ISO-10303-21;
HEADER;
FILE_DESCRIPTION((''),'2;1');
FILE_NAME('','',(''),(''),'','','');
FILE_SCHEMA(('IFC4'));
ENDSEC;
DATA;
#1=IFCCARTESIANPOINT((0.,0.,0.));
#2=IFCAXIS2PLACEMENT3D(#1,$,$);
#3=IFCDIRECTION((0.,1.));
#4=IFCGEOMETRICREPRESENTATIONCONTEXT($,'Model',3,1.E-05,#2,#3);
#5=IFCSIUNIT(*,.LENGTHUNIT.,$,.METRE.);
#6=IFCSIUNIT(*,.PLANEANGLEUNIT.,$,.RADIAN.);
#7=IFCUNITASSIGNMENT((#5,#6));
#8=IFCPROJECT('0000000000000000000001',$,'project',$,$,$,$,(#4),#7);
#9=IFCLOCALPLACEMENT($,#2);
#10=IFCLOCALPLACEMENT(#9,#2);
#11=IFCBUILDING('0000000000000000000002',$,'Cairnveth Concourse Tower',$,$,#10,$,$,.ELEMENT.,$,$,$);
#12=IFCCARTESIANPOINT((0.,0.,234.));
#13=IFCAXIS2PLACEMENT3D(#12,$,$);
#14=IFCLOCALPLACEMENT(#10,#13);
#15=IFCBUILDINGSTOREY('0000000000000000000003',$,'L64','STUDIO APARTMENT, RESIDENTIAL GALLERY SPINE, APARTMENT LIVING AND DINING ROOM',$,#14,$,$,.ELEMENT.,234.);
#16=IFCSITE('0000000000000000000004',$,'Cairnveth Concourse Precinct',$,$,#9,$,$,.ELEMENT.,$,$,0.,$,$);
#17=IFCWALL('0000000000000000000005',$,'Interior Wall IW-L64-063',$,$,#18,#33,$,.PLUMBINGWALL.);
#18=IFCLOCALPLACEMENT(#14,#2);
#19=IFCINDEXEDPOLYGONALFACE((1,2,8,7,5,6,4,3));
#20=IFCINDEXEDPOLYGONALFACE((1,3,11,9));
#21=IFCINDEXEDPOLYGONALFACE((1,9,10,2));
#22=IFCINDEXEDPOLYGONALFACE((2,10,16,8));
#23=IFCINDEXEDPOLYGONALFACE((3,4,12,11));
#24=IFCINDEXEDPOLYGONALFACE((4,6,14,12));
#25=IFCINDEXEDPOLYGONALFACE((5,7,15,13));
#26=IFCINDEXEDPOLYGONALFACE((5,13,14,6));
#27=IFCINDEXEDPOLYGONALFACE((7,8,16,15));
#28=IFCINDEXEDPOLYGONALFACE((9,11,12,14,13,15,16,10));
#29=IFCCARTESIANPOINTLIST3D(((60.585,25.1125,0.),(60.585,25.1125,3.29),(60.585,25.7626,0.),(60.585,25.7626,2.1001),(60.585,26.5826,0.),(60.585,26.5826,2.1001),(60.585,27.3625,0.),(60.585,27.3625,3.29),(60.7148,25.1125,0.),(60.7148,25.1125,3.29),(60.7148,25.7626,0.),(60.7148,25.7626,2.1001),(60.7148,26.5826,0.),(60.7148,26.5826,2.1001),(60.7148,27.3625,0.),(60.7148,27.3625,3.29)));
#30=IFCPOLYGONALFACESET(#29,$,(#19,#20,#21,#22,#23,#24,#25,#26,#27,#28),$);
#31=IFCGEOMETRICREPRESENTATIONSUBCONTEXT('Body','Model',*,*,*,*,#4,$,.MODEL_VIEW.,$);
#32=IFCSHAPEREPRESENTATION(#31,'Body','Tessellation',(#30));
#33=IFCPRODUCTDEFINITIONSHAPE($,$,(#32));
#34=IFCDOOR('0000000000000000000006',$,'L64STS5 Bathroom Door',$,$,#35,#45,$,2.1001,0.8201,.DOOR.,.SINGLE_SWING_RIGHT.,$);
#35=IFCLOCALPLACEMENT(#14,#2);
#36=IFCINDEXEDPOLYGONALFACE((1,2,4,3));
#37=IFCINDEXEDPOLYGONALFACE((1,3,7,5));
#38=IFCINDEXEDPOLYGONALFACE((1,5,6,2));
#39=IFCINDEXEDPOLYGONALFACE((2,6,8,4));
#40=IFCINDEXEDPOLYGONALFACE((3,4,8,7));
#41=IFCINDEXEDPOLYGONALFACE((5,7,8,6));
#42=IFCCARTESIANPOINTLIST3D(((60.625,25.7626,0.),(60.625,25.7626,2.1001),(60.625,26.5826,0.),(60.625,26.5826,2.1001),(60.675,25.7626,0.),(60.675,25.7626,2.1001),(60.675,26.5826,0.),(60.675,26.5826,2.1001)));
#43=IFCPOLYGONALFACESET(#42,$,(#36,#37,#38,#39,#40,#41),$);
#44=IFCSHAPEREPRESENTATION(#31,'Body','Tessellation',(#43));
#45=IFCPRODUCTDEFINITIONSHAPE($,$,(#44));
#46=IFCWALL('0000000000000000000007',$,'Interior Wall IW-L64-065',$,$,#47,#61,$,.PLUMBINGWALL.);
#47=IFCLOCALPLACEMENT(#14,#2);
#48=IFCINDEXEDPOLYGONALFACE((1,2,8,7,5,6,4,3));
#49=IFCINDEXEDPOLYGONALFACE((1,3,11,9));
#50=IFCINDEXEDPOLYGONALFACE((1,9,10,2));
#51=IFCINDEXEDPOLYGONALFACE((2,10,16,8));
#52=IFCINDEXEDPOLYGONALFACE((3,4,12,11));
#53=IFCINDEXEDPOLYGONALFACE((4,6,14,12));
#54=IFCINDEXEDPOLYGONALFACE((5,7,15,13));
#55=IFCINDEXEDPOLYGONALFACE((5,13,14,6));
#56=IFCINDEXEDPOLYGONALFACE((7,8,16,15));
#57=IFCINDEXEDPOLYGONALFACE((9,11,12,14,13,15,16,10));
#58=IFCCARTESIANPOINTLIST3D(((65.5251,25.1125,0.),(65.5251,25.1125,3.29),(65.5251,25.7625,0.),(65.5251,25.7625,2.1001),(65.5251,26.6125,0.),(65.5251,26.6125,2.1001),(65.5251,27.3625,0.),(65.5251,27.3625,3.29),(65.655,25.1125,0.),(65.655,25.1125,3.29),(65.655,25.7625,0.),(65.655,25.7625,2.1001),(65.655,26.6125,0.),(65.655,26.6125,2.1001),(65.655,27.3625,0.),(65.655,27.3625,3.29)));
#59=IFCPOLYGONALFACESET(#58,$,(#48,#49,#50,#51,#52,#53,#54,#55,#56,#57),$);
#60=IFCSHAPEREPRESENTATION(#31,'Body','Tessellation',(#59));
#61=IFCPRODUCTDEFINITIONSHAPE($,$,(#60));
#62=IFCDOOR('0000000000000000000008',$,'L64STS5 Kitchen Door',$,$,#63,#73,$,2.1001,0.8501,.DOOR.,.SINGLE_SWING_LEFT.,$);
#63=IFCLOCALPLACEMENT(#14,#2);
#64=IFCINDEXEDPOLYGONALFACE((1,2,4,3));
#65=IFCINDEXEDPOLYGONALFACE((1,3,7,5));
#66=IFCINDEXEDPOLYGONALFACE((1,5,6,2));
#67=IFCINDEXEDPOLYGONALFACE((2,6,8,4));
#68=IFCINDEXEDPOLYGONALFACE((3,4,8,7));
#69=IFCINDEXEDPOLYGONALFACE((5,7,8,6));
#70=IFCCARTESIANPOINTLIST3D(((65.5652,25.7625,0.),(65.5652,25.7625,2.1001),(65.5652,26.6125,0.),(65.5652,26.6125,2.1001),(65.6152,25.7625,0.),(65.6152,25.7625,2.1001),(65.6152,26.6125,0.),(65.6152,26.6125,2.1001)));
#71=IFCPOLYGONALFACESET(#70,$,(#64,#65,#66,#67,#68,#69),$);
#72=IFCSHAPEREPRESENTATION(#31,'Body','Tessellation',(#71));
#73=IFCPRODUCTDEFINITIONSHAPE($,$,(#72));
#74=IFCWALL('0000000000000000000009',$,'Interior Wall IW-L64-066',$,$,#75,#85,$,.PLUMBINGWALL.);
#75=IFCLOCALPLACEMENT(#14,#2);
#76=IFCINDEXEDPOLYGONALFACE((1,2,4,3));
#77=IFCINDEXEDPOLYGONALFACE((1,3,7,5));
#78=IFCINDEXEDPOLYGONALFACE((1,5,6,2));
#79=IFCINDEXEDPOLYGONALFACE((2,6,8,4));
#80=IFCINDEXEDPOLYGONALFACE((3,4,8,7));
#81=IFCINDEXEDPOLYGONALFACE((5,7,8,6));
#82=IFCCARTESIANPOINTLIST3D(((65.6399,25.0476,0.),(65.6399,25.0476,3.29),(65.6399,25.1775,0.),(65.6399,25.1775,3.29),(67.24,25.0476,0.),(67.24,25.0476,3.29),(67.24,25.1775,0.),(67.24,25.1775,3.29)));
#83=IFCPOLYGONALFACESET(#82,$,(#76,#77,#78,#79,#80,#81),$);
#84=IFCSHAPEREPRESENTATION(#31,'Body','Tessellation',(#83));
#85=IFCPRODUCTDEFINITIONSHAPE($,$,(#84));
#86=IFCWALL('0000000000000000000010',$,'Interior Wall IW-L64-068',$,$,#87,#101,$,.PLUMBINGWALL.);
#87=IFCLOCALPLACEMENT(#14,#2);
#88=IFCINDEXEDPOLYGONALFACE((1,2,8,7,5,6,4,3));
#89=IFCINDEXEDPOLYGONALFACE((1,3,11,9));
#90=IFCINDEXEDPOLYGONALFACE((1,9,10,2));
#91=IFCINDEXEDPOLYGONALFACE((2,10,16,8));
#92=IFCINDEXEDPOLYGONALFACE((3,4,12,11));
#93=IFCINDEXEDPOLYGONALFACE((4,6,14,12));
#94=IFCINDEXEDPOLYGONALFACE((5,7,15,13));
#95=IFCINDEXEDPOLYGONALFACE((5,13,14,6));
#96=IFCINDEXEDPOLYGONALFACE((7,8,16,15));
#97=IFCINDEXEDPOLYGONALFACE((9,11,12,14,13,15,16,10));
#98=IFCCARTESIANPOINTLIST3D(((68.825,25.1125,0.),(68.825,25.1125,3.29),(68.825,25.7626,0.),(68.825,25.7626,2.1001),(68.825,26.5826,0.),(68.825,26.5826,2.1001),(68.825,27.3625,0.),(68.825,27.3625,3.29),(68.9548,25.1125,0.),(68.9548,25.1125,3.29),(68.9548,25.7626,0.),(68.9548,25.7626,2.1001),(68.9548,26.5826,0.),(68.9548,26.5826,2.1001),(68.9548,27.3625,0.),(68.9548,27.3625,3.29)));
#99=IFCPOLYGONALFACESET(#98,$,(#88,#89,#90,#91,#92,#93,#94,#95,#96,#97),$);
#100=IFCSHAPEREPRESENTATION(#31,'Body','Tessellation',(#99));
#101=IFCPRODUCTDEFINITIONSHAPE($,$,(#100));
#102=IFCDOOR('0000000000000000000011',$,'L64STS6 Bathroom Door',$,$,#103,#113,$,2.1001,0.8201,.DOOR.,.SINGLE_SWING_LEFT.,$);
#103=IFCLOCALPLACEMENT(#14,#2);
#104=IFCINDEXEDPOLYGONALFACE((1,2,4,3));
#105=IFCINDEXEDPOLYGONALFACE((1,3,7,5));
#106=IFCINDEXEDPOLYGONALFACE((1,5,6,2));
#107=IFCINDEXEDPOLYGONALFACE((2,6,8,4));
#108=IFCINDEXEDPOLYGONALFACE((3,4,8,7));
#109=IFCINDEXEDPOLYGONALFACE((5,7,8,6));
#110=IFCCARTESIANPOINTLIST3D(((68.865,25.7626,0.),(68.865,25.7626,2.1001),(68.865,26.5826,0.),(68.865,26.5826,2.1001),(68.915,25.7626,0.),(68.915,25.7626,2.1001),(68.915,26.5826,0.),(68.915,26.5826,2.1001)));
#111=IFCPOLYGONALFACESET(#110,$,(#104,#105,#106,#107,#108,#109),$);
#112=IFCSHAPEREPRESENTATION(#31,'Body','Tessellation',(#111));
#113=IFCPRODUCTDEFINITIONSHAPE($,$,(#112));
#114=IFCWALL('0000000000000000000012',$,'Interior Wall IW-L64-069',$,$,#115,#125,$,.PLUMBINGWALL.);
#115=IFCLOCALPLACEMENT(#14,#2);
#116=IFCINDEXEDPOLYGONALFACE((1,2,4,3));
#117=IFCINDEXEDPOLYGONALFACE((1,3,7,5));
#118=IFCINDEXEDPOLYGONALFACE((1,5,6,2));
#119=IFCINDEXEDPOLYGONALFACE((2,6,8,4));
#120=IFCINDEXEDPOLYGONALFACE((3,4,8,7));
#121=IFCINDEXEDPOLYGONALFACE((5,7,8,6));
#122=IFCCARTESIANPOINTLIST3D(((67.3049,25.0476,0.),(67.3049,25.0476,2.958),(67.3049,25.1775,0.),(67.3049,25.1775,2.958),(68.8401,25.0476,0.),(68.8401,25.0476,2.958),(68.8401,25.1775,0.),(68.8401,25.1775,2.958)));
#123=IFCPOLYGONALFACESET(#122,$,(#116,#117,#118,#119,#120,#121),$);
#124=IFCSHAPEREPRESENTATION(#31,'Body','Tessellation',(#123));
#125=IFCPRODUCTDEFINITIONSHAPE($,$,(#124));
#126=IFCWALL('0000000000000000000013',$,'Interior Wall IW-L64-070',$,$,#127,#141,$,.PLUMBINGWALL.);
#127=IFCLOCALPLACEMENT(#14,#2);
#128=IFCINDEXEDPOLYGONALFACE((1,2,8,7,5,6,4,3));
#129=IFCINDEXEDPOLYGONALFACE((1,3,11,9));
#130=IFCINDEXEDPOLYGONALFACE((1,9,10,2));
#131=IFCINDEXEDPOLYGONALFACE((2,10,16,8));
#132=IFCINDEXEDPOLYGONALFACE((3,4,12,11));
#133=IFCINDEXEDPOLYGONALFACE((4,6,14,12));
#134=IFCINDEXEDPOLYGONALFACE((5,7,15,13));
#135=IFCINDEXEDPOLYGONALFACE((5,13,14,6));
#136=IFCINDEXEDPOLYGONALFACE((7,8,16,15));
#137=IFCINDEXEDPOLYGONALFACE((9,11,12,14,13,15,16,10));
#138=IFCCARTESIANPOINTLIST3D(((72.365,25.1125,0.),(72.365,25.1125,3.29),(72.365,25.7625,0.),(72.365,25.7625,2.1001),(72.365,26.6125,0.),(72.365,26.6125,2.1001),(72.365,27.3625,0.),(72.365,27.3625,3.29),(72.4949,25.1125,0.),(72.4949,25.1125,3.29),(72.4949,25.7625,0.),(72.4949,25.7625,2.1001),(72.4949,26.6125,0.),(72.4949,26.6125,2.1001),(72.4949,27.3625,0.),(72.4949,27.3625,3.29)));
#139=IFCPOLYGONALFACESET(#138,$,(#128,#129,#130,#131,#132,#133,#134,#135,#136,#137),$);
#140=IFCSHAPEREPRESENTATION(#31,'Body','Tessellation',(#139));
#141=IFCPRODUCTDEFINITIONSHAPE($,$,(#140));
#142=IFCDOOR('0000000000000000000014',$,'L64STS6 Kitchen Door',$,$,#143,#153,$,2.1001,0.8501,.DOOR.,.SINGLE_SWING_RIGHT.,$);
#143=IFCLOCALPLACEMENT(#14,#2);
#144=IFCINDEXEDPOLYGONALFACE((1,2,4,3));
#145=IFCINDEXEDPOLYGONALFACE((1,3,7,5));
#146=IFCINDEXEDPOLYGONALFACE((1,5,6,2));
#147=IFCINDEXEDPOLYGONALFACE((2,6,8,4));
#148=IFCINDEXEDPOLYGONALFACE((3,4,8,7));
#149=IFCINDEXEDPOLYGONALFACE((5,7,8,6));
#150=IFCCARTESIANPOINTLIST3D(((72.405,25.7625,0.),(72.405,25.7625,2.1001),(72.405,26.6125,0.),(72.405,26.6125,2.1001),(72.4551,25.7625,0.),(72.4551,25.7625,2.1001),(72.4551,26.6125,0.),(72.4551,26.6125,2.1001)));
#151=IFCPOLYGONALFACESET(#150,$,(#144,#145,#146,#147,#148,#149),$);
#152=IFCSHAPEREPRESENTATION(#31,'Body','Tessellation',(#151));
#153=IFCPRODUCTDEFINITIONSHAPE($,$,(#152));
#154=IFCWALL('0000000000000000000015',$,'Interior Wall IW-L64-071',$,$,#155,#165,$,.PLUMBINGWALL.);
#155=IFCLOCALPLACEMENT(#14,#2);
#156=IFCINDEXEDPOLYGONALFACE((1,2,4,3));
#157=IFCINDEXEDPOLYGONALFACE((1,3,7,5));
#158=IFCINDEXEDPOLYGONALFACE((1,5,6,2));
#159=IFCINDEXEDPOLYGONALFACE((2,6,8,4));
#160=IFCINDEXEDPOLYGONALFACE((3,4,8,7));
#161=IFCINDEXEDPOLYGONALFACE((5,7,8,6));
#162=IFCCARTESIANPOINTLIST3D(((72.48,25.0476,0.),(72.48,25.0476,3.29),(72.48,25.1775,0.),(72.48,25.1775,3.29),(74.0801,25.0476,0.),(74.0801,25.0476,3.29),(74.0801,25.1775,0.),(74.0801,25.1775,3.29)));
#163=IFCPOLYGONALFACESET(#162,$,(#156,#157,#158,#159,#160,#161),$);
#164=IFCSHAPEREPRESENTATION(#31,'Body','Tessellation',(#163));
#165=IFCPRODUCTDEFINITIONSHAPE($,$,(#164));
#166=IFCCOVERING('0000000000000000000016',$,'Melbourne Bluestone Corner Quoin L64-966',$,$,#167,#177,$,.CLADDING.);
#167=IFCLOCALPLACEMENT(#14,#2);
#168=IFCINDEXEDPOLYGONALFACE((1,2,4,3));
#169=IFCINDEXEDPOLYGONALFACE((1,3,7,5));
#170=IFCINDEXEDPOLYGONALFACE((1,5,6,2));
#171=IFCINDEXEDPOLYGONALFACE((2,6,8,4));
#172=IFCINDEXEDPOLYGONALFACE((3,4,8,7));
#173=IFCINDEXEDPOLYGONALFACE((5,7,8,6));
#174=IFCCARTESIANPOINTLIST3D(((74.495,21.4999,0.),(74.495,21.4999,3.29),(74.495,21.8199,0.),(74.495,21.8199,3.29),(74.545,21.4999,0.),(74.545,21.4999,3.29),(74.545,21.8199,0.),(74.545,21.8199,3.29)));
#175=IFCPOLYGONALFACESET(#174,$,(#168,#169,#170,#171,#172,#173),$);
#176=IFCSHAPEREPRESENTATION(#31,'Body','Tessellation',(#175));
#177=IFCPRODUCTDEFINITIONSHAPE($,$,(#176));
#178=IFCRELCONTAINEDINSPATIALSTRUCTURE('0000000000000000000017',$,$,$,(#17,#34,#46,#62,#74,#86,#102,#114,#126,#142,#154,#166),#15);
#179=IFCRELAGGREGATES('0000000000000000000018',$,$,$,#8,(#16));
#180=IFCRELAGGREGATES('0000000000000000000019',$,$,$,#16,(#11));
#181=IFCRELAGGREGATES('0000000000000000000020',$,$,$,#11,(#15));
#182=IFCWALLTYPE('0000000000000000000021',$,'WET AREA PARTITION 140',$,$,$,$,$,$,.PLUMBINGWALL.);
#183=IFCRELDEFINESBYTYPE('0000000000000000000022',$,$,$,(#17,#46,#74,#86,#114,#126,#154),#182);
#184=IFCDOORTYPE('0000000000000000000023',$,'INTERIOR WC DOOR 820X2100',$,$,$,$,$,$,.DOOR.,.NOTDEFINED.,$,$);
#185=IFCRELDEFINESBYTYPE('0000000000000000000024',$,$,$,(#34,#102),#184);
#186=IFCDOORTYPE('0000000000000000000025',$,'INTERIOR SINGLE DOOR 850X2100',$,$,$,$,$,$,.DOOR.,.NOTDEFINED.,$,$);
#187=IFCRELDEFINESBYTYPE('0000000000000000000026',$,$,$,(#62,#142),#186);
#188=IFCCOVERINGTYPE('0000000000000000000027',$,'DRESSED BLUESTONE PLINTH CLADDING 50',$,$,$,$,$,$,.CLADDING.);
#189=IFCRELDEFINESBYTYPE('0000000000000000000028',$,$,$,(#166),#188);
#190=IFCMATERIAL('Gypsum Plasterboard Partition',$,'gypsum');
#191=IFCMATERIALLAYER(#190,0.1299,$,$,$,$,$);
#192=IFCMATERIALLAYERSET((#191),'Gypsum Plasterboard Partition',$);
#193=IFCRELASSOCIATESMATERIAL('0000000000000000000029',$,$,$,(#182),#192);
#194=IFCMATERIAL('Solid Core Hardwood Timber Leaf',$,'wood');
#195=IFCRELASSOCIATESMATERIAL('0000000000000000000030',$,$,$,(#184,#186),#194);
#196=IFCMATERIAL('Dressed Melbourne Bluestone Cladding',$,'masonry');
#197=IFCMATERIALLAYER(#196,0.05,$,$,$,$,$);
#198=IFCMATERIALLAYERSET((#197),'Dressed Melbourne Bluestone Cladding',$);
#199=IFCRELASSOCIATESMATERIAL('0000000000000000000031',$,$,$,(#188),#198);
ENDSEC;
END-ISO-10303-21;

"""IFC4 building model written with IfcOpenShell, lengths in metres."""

from ifc_helpers import new_model, si_unit, direction, frame, frame_2d, origin, place, context, subcontext, project, spatial, rectangle, extrude, material, layer, layer_set, type_object, element, fill, save


model = new_model("IFC4")

# Units and contexts
model_context = context("Model", 3, precision=1e-05, world=origin(), true_north=direction((0.0, 1.0)))
body_context = subcontext(model_context, "Body", "Model", "MODEL_VIEW")
ifc_project = project(units=[si_unit("LENGTHUNIT", "METRE"), si_unit("PLANEANGLEUNIT", "RADIAN")], contexts=[model_context])

# Site, building, storey
site_placement = place(None, origin())
site = spatial("IfcSite", under=ifc_project, at=site_placement, Name="Cairnveth Concourse Precinct", CompositionType="ELEMENT", RefElevation=0.0)
building_placement = place(site_placement, origin())
building = spatial("IfcBuilding", under=site, at=building_placement, Name="Cairnveth Concourse Tower", CompositionType="ELEMENT")
storey_placement = place(building_placement, frame((0.0, 0.0, 234.0)))
storey = spatial("IfcBuildingStorey", under=building, at=storey_placement, Name="L64", Description="STUDIO APARTMENT, RESIDENTIAL GALLERY SPINE, APARTMENT LIVING AND DINING ROOM", CompositionType="ELEMENT", Elevation=234.0)

# Shared definitions
ifc_material_1 = material(Name="Gypsum Plasterboard Partition", Category="gypsum")
ifc_material_2 = material(Name="Solid Core Hardwood Timber Leaf", Category="wood")

# Walls, openings, doors
ifc_layer_1 = layer(ifc_material_1, 0.1299)
ifc_layer_set_1 = layer_set([ifc_layer_1], Name="Gypsum Plasterboard Partition")
wall_type_1 = type_object("IfcWallType", Name="WET AREA PARTITION 140", PredefinedType="PLUMBINGWALL", material=ifc_layer_set_1)
wall_1_placement = place(storey_placement, frame((60.6499, 25.1125, 0.0), z_axis=(0.0, 0.0, 1.0), x_axis=(0.0, 1.0, 0.0)))
wall_1 = element("IfcWall", 1, at=wall_1_placement, inside=storey, type_object=wall_type_1, Name="Interior Wall IW-L64-063", PredefinedType="PLUMBINGWALL", context=body_context, shape_type="SweptSolid", body=[
    extrude(rectangle(XDim=2.25, YDim=0.1299, at=frame_2d((1.125, 0.0))), origin(), (0.0, 0.0, 1.0), 3.29),
])
opening_1_placement = place(wall_1_placement, frame((0.6499, 0.0, 0.0)))
opening_1 = element("IfcOpeningElement", 2, at=opening_1_placement, cuts=wall_1, PredefinedType="OPENING", context=body_context, shape_type="SweptSolid", body=[
    extrude(rectangle(XDim=0.8201, YDim=2.1001, at=frame_2d((0.4102, 1.05))), frame((0.0, 0.075, 0.0), z_axis=(0.0, -1.0, 0.0), x_axis=(1.0, 0.0, 0.0)), (0.0, 0.0, 1.0), 0.1499),
])
door_type_1 = type_object("IfcDoorType", Name="INTERIOR WC DOOR 820X2100", OperationType="NOTDEFINED", PredefinedType="DOOR", material=ifc_material_2)
door_1_placement = place(opening_1_placement, origin())
door_1 = element("IfcDoor", 3, at=door_1_placement, inside=storey, type_object=door_type_1, Name="L64STS5 Bathroom Door", OperationType="SINGLE_SWING_RIGHT", OverallHeight=2.1001, OverallWidth=0.8201, PredefinedType="DOOR", context=body_context, shape_type="SweptSolid", body=[
    extrude(rectangle(XDim=0.8201, YDim=2.1001, at=frame_2d((0.4102, 1.05))), frame((0.0, 0.0249, 0.0), z_axis=(0.0, -1.0, 0.0), x_axis=(1.0, 0.0, 0.0)), (0.0, 0.0, 1.0), 0.05),
])
fill(opening_1, door_1)
wall_2_placement = place(storey_placement, frame((65.5901, 25.1125, 0.0), z_axis=(0.0, 0.0, 1.0), x_axis=(0.0, 1.0, 0.0)))
wall_2 = element("IfcWall", 4, at=wall_2_placement, inside=storey, type_object=wall_type_1, Name="Interior Wall IW-L64-065", PredefinedType="PLUMBINGWALL", context=body_context, shape_type="SweptSolid", body=[
    extrude(rectangle(XDim=2.25, YDim=0.1299, at=frame_2d((1.125, 0.0))), origin(), (0.0, 0.0, 1.0), 3.29),
])
opening_2_placement = place(wall_2_placement, frame((0.6499, 0.0, 0.0)))
opening_2 = element("IfcOpeningElement", 5, at=opening_2_placement, cuts=wall_2, PredefinedType="OPENING", context=body_context, shape_type="SweptSolid", body=[
    extrude(rectangle(XDim=0.8501, YDim=2.1001, at=frame_2d((0.425, 1.05))), frame((0.0, 0.075, 0.0), z_axis=(0.0, -1.0, 0.0), x_axis=(1.0, 0.0, 0.0)), (0.0, 0.0, 1.0), 0.1499),
])
door_type_2 = type_object("IfcDoorType", Name="INTERIOR SINGLE DOOR 850X2100", OperationType="NOTDEFINED", PredefinedType="DOOR", material=ifc_material_2)
door_2_placement = place(opening_2_placement, origin())
door_2 = element("IfcDoor", 6, at=door_2_placement, inside=storey, type_object=door_type_2, Name="L64STS5 Kitchen Door", OperationType="SINGLE_SWING_LEFT", OverallHeight=2.1001, OverallWidth=0.8501, PredefinedType="DOOR", context=body_context, shape_type="SweptSolid", body=[
    extrude(rectangle(XDim=0.8501, YDim=2.1001, at=frame_2d((0.425, 1.05))), frame((0.0, 0.0249, 0.0), z_axis=(0.0, -1.0, 0.0), x_axis=(1.0, 0.0, 0.0)), (0.0, 0.0, 1.0), 0.05),
])
fill(opening_2, door_2)

# Wall
wall_3_placement = place(storey_placement, frame((65.6399, 25.1125, 0.0), z_axis=(0.0, 0.0, 1.0), x_axis=(1.0, 0.0, 0.0)))
element("IfcWall", 7, at=wall_3_placement, inside=storey, type_object=wall_type_1, Name="Interior Wall IW-L64-066", PredefinedType="PLUMBINGWALL", context=body_context, shape_type="SweptSolid", body=[
    extrude(rectangle(XDim=1.6001, YDim=0.1299, at=frame_2d((0.8, 0.0))), origin(), (0.0, 0.0, 1.0), 3.29),
])

# Wall, opening, door
wall_4_placement = place(storey_placement, frame((68.8899, 25.1125, 0.0), z_axis=(0.0, 0.0, 1.0), x_axis=(0.0, 1.0, 0.0)))
wall_4 = element("IfcWall", 8, at=wall_4_placement, inside=storey, type_object=wall_type_1, Name="Interior Wall IW-L64-068", PredefinedType="PLUMBINGWALL", context=body_context, shape_type="SweptSolid", body=[
    extrude(rectangle(XDim=2.25, YDim=0.1299, at=frame_2d((1.125, 0.0))), origin(), (0.0, 0.0, 1.0), 3.29),
])
opening_3_placement = place(wall_4_placement, frame((0.6499, 0.0, 0.0)))
opening_3 = element("IfcOpeningElement", 9, at=opening_3_placement, cuts=wall_4, PredefinedType="OPENING", context=body_context, shape_type="SweptSolid", body=[
    extrude(rectangle(XDim=0.8201, YDim=2.1001, at=frame_2d((0.4102, 1.05))), frame((0.0, 0.075, 0.0), z_axis=(0.0, -1.0, 0.0), x_axis=(1.0, 0.0, 0.0)), (0.0, 0.0, 1.0), 0.1499),
])
door_3_placement = place(opening_3_placement, origin())
door_3 = element("IfcDoor", 10, at=door_3_placement, inside=storey, type_object=door_type_1, Name="L64STS6 Bathroom Door", OperationType="SINGLE_SWING_LEFT", OverallHeight=2.1001, OverallWidth=0.8201, PredefinedType="DOOR", context=body_context, shape_type="SweptSolid", body=[
    extrude(rectangle(XDim=0.8201, YDim=2.1001, at=frame_2d((0.4102, 1.05))), frame((0.0, 0.0249, 0.0), z_axis=(0.0, -1.0, 0.0), x_axis=(1.0, 0.0, 0.0)), (0.0, 0.0, 1.0), 0.05),
])
fill(opening_3, door_3)

# Wall
wall_5_placement = place(storey_placement, frame((67.3049, 25.1125, 0.0), z_axis=(0.0, 0.0, 1.0), x_axis=(1.0, 0.0, 0.0)))
element("IfcWall", 11, at=wall_5_placement, inside=storey, type_object=wall_type_1, Name="Interior Wall IW-L64-069", PredefinedType="PLUMBINGWALL", context=body_context, shape_type="SweptSolid", body=[
    extrude(rectangle(XDim=1.5352, YDim=0.1299, at=frame_2d((0.7676, 0.0))), origin(), (0.0, 0.0, 1.0), 2.958),
])

# Wall, opening, door
wall_6_placement = place(storey_placement, frame((72.4299, 25.1125, 0.0), z_axis=(0.0, 0.0, 1.0), x_axis=(0.0, 1.0, 0.0)))
wall_6 = element("IfcWall", 12, at=wall_6_placement, inside=storey, type_object=wall_type_1, Name="Interior Wall IW-L64-070", PredefinedType="PLUMBINGWALL", context=body_context, shape_type="SweptSolid", body=[
    extrude(rectangle(XDim=2.25, YDim=0.1299, at=frame_2d((1.125, 0.0))), origin(), (0.0, 0.0, 1.0), 3.29),
])
opening_4_placement = place(wall_6_placement, frame((0.6499, 0.0, 0.0)))
opening_4 = element("IfcOpeningElement", 13, at=opening_4_placement, cuts=wall_6, PredefinedType="OPENING", context=body_context, shape_type="SweptSolid", body=[
    extrude(rectangle(XDim=0.8501, YDim=2.1001, at=frame_2d((0.425, 1.05))), frame((0.0, 0.075, 0.0), z_axis=(0.0, -1.0, 0.0), x_axis=(1.0, 0.0, 0.0)), (0.0, 0.0, 1.0), 0.1499),
])
door_4_placement = place(opening_4_placement, origin())
door_4 = element("IfcDoor", 14, at=door_4_placement, inside=storey, type_object=door_type_2, Name="L64STS6 Kitchen Door", OperationType="SINGLE_SWING_RIGHT", OverallHeight=2.1001, OverallWidth=0.8501, PredefinedType="DOOR", context=body_context, shape_type="SweptSolid", body=[
    extrude(rectangle(XDim=0.8501, YDim=2.1001, at=frame_2d((0.425, 1.05))), frame((0.0, 0.0249, 0.0), z_axis=(0.0, -1.0, 0.0), x_axis=(1.0, 0.0, 0.0)), (0.0, 0.0, 1.0), 0.05),
])
fill(opening_4, door_4)

# Wall
wall_7_placement = place(storey_placement, frame((72.48, 25.1125, 0.0), z_axis=(0.0, 0.0, 1.0), x_axis=(1.0, 0.0, 0.0)))
element("IfcWall", 15, at=wall_7_placement, inside=storey, type_object=wall_type_1, Name="Interior Wall IW-L64-071", PredefinedType="PLUMBINGWALL", context=body_context, shape_type="SweptSolid", body=[
    extrude(rectangle(XDim=1.6001, YDim=0.1299, at=frame_2d((0.8, 0.0))), origin(), (0.0, 0.0, 1.0), 3.29),
])

# Covering
ifc_material_3 = material(Name="Dressed Melbourne Bluestone Cladding", Category="masonry")
ifc_layer_2 = layer(ifc_material_3, 0.05)
ifc_layer_set_2 = layer_set([ifc_layer_2], Name="Dressed Melbourne Bluestone Cladding")
covering_type = type_object("IfcCoveringType", Name="DRESSED BLUESTONE PLINTH CLADDING 50", PredefinedType="CLADDING", material=ifc_layer_set_2)
for number, where, z_axis, x_axis, name in (
    (16, (74.52, 21.8201, 0.0), (0.0, 0.0, 1.0), (0.0, -1.0, 0.0), "Melbourne Bluestone Corner Quoin L64-966"),
):
    element("IfcCovering", number, at=place(storey_placement, frame(where, z_axis=z_axis, x_axis=x_axis)), inside=storey, type_object=covering_type, Name=name, PredefinedType="CLADDING", context=body_context, shape_type="SweptSolid", body=[
        extrude(rectangle(XDim=0.3201, YDim=0.05, at=frame_2d((0.1602, 0.0))), origin(), (0.0, 0.0, 1.0), 3.29),
    ])

save(model, "model.ifc")
